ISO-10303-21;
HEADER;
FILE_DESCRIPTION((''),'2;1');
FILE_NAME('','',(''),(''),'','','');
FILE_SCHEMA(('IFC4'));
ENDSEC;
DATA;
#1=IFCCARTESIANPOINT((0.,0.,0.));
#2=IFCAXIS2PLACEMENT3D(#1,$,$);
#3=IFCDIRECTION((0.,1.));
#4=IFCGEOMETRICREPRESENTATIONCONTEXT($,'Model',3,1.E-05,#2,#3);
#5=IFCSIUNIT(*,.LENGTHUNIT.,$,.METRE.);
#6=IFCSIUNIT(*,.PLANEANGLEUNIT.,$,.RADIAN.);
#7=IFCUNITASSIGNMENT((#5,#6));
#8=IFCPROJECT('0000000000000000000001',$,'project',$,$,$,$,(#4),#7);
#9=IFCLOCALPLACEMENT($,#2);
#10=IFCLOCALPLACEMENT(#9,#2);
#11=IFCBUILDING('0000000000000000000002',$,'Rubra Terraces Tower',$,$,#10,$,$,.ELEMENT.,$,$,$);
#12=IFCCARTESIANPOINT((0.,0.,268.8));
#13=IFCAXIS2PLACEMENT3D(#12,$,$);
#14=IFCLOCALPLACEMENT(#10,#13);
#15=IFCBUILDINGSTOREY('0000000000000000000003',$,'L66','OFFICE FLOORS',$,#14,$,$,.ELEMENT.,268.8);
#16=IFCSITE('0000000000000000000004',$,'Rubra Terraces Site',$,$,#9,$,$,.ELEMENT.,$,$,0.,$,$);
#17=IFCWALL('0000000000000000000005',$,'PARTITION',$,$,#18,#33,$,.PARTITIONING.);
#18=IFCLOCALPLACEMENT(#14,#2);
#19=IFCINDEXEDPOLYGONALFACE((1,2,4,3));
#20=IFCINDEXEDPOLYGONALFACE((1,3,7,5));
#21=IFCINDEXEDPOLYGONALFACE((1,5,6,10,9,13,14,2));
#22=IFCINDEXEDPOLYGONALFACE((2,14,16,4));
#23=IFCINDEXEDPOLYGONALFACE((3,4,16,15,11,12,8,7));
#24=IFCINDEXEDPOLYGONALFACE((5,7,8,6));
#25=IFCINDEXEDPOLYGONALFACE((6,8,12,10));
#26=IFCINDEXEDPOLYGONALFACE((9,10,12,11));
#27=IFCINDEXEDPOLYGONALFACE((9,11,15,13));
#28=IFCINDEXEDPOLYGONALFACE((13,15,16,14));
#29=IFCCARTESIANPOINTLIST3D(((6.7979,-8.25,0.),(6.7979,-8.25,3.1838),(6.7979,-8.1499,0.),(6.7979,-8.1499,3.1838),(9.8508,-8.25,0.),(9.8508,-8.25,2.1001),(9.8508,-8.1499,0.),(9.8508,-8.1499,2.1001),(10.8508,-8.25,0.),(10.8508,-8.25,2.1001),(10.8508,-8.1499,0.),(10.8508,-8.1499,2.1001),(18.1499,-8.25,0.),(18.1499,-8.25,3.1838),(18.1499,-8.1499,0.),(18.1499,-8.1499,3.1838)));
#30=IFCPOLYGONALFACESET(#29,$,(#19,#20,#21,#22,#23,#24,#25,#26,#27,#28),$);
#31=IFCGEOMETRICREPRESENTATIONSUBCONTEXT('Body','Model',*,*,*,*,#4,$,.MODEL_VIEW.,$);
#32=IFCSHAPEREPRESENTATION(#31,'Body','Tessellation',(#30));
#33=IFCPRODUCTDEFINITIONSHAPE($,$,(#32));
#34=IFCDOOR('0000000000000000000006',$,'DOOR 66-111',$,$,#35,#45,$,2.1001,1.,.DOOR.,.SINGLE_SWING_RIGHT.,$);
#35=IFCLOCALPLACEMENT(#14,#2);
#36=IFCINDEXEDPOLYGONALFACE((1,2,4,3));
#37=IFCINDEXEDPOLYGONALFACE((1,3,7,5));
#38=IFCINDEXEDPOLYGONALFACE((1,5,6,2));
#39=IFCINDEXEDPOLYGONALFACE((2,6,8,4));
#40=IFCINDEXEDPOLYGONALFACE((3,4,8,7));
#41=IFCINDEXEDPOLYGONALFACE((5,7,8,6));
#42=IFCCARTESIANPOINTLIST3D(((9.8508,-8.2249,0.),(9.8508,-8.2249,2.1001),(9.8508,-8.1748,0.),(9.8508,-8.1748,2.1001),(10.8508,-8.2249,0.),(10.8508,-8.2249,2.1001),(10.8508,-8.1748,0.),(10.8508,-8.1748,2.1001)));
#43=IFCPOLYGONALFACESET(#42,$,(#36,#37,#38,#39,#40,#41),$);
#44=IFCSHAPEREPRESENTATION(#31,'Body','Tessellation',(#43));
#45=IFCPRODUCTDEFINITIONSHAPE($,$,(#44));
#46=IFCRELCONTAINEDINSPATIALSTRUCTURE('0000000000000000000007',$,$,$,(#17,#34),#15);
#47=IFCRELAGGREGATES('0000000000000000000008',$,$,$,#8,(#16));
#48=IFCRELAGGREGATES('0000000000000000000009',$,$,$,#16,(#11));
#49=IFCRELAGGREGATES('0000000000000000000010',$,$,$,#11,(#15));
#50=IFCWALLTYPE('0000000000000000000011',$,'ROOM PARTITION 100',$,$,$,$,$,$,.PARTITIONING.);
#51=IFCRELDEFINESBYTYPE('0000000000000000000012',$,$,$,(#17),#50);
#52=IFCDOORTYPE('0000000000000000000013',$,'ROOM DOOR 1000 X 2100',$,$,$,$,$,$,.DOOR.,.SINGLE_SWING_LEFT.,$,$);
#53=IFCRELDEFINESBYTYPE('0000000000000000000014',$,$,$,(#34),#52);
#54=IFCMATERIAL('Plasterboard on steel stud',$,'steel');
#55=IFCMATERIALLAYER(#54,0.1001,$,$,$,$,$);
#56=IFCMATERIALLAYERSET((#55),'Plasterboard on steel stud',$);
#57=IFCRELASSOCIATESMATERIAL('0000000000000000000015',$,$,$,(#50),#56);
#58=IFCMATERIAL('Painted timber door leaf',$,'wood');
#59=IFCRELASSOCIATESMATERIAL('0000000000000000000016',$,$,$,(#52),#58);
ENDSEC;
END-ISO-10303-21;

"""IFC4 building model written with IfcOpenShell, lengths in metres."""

from ifc_helpers import new_model, si_unit, direction, frame, frame_2d, origin, place, context, subcontext, project, spatial, rectangle, extrude, material, layer, layer_set, type_object, element, fill, save


model = new_model("IFC4")

# Units and contexts
model_context = context("Model", 3, precision=1e-05, world=origin(), true_north=direction((0.0, 1.0)))
body_context = subcontext(model_context, "Body", "Model", "MODEL_VIEW")
ifc_project = project(units=[si_unit("LENGTHUNIT", "METRE"), si_unit("PLANEANGLEUNIT", "RADIAN")], contexts=[model_context])

# Site, building, storey
site_placement = place(None, origin())
site = spatial("IfcSite", under=ifc_project, at=site_placement, Name="Rubra Terraces Site", CompositionType="ELEMENT", RefElevation=0.0)
building_placement = place(site_placement, origin())
building = spatial("IfcBuilding", under=site, at=building_placement, Name="Rubra Terraces Tower", CompositionType="ELEMENT")
storey_placement = place(building_placement, frame((0.0, 0.0, 268.8)))
storey = spatial("IfcBuildingStorey", under=building, at=storey_placement, Name="L66", Description="OFFICE FLOORS", CompositionType="ELEMENT", Elevation=268.8)

# Wall, opening, door
ifc_material_1 = material(Name="Plasterboard on steel stud", Category="steel")
ifc_layer_1 = layer(ifc_material_1, 0.1001)
ifc_layer_set_1 = layer_set([ifc_layer_1], Name="Plasterboard on steel stud")
wall_type_1 = type_object("IfcWallType", Name="ROOM PARTITION 100", PredefinedType="PARTITIONING", material=ifc_layer_set_1)
wall_1_placement = place(storey_placement, frame((18.1499, -8.2, 0.0), z_axis=(0.0, 0.0, 1.0), x_axis=(-1.0, 0.0, 0.0)))
wall_1 = element("IfcWall", 1, at=wall_1_placement, inside=storey, type_object=wall_type_1, Name="PARTITION", PredefinedType="PARTITIONING", context=body_context, shape_type="SweptSolid", body=[
    extrude(rectangle(XDim=11.3521, YDim=0.1001, at=frame_2d((5.676, 0.0))), origin(), (0.0, 0.0, 1.0), 3.1838),
])
opening_1_placement = place(wall_1_placement, frame((7.2991, 0.0, 0.0)))
opening_1 = element("IfcOpeningElement", 2, at=opening_1_placement, cuts=wall_1, PredefinedType="OPENING", context=body_context, shape_type="SweptSolid", body=[
    extrude(rectangle(XDim=1.0, YDim=2.1001, at=frame_2d((0.5, 1.05))), frame((0.0, 0.0601, 0.0), z_axis=(0.0, -1.0, 0.0), x_axis=(1.0, 0.0, 0.0)), (0.0, 0.0, 1.0), 0.1201),
])
ifc_material_2 = material(Name="Painted timber door leaf", Category="wood")
door_type = type_object("IfcDoorType", Name="ROOM DOOR 1000 X 2100", OperationType="SINGLE_SWING_LEFT", PredefinedType="DOOR", material=ifc_material_2)
door_placement = place(opening_1_placement, origin())
door = element("IfcDoor", 3, at=door_placement, inside=storey, type_object=door_type, Name="DOOR 66-111", OperationType="SINGLE_SWING_RIGHT", OverallHeight=2.1001, OverallWidth=1.0, PredefinedType="DOOR", context=body_context, shape_type="SweptSolid", body=[
    extrude(rectangle(XDim=1.0, YDim=2.1001, at=frame_2d((0.5, 1.05))), frame((0.0, 0.0249, 0.0), z_axis=(0.0, -1.0, 0.0), x_axis=(1.0, 0.0, 0.0)), (0.0, 0.0, 1.0), 0.05),
])
fill(opening_1, door)

save(model, "model.ifc")
